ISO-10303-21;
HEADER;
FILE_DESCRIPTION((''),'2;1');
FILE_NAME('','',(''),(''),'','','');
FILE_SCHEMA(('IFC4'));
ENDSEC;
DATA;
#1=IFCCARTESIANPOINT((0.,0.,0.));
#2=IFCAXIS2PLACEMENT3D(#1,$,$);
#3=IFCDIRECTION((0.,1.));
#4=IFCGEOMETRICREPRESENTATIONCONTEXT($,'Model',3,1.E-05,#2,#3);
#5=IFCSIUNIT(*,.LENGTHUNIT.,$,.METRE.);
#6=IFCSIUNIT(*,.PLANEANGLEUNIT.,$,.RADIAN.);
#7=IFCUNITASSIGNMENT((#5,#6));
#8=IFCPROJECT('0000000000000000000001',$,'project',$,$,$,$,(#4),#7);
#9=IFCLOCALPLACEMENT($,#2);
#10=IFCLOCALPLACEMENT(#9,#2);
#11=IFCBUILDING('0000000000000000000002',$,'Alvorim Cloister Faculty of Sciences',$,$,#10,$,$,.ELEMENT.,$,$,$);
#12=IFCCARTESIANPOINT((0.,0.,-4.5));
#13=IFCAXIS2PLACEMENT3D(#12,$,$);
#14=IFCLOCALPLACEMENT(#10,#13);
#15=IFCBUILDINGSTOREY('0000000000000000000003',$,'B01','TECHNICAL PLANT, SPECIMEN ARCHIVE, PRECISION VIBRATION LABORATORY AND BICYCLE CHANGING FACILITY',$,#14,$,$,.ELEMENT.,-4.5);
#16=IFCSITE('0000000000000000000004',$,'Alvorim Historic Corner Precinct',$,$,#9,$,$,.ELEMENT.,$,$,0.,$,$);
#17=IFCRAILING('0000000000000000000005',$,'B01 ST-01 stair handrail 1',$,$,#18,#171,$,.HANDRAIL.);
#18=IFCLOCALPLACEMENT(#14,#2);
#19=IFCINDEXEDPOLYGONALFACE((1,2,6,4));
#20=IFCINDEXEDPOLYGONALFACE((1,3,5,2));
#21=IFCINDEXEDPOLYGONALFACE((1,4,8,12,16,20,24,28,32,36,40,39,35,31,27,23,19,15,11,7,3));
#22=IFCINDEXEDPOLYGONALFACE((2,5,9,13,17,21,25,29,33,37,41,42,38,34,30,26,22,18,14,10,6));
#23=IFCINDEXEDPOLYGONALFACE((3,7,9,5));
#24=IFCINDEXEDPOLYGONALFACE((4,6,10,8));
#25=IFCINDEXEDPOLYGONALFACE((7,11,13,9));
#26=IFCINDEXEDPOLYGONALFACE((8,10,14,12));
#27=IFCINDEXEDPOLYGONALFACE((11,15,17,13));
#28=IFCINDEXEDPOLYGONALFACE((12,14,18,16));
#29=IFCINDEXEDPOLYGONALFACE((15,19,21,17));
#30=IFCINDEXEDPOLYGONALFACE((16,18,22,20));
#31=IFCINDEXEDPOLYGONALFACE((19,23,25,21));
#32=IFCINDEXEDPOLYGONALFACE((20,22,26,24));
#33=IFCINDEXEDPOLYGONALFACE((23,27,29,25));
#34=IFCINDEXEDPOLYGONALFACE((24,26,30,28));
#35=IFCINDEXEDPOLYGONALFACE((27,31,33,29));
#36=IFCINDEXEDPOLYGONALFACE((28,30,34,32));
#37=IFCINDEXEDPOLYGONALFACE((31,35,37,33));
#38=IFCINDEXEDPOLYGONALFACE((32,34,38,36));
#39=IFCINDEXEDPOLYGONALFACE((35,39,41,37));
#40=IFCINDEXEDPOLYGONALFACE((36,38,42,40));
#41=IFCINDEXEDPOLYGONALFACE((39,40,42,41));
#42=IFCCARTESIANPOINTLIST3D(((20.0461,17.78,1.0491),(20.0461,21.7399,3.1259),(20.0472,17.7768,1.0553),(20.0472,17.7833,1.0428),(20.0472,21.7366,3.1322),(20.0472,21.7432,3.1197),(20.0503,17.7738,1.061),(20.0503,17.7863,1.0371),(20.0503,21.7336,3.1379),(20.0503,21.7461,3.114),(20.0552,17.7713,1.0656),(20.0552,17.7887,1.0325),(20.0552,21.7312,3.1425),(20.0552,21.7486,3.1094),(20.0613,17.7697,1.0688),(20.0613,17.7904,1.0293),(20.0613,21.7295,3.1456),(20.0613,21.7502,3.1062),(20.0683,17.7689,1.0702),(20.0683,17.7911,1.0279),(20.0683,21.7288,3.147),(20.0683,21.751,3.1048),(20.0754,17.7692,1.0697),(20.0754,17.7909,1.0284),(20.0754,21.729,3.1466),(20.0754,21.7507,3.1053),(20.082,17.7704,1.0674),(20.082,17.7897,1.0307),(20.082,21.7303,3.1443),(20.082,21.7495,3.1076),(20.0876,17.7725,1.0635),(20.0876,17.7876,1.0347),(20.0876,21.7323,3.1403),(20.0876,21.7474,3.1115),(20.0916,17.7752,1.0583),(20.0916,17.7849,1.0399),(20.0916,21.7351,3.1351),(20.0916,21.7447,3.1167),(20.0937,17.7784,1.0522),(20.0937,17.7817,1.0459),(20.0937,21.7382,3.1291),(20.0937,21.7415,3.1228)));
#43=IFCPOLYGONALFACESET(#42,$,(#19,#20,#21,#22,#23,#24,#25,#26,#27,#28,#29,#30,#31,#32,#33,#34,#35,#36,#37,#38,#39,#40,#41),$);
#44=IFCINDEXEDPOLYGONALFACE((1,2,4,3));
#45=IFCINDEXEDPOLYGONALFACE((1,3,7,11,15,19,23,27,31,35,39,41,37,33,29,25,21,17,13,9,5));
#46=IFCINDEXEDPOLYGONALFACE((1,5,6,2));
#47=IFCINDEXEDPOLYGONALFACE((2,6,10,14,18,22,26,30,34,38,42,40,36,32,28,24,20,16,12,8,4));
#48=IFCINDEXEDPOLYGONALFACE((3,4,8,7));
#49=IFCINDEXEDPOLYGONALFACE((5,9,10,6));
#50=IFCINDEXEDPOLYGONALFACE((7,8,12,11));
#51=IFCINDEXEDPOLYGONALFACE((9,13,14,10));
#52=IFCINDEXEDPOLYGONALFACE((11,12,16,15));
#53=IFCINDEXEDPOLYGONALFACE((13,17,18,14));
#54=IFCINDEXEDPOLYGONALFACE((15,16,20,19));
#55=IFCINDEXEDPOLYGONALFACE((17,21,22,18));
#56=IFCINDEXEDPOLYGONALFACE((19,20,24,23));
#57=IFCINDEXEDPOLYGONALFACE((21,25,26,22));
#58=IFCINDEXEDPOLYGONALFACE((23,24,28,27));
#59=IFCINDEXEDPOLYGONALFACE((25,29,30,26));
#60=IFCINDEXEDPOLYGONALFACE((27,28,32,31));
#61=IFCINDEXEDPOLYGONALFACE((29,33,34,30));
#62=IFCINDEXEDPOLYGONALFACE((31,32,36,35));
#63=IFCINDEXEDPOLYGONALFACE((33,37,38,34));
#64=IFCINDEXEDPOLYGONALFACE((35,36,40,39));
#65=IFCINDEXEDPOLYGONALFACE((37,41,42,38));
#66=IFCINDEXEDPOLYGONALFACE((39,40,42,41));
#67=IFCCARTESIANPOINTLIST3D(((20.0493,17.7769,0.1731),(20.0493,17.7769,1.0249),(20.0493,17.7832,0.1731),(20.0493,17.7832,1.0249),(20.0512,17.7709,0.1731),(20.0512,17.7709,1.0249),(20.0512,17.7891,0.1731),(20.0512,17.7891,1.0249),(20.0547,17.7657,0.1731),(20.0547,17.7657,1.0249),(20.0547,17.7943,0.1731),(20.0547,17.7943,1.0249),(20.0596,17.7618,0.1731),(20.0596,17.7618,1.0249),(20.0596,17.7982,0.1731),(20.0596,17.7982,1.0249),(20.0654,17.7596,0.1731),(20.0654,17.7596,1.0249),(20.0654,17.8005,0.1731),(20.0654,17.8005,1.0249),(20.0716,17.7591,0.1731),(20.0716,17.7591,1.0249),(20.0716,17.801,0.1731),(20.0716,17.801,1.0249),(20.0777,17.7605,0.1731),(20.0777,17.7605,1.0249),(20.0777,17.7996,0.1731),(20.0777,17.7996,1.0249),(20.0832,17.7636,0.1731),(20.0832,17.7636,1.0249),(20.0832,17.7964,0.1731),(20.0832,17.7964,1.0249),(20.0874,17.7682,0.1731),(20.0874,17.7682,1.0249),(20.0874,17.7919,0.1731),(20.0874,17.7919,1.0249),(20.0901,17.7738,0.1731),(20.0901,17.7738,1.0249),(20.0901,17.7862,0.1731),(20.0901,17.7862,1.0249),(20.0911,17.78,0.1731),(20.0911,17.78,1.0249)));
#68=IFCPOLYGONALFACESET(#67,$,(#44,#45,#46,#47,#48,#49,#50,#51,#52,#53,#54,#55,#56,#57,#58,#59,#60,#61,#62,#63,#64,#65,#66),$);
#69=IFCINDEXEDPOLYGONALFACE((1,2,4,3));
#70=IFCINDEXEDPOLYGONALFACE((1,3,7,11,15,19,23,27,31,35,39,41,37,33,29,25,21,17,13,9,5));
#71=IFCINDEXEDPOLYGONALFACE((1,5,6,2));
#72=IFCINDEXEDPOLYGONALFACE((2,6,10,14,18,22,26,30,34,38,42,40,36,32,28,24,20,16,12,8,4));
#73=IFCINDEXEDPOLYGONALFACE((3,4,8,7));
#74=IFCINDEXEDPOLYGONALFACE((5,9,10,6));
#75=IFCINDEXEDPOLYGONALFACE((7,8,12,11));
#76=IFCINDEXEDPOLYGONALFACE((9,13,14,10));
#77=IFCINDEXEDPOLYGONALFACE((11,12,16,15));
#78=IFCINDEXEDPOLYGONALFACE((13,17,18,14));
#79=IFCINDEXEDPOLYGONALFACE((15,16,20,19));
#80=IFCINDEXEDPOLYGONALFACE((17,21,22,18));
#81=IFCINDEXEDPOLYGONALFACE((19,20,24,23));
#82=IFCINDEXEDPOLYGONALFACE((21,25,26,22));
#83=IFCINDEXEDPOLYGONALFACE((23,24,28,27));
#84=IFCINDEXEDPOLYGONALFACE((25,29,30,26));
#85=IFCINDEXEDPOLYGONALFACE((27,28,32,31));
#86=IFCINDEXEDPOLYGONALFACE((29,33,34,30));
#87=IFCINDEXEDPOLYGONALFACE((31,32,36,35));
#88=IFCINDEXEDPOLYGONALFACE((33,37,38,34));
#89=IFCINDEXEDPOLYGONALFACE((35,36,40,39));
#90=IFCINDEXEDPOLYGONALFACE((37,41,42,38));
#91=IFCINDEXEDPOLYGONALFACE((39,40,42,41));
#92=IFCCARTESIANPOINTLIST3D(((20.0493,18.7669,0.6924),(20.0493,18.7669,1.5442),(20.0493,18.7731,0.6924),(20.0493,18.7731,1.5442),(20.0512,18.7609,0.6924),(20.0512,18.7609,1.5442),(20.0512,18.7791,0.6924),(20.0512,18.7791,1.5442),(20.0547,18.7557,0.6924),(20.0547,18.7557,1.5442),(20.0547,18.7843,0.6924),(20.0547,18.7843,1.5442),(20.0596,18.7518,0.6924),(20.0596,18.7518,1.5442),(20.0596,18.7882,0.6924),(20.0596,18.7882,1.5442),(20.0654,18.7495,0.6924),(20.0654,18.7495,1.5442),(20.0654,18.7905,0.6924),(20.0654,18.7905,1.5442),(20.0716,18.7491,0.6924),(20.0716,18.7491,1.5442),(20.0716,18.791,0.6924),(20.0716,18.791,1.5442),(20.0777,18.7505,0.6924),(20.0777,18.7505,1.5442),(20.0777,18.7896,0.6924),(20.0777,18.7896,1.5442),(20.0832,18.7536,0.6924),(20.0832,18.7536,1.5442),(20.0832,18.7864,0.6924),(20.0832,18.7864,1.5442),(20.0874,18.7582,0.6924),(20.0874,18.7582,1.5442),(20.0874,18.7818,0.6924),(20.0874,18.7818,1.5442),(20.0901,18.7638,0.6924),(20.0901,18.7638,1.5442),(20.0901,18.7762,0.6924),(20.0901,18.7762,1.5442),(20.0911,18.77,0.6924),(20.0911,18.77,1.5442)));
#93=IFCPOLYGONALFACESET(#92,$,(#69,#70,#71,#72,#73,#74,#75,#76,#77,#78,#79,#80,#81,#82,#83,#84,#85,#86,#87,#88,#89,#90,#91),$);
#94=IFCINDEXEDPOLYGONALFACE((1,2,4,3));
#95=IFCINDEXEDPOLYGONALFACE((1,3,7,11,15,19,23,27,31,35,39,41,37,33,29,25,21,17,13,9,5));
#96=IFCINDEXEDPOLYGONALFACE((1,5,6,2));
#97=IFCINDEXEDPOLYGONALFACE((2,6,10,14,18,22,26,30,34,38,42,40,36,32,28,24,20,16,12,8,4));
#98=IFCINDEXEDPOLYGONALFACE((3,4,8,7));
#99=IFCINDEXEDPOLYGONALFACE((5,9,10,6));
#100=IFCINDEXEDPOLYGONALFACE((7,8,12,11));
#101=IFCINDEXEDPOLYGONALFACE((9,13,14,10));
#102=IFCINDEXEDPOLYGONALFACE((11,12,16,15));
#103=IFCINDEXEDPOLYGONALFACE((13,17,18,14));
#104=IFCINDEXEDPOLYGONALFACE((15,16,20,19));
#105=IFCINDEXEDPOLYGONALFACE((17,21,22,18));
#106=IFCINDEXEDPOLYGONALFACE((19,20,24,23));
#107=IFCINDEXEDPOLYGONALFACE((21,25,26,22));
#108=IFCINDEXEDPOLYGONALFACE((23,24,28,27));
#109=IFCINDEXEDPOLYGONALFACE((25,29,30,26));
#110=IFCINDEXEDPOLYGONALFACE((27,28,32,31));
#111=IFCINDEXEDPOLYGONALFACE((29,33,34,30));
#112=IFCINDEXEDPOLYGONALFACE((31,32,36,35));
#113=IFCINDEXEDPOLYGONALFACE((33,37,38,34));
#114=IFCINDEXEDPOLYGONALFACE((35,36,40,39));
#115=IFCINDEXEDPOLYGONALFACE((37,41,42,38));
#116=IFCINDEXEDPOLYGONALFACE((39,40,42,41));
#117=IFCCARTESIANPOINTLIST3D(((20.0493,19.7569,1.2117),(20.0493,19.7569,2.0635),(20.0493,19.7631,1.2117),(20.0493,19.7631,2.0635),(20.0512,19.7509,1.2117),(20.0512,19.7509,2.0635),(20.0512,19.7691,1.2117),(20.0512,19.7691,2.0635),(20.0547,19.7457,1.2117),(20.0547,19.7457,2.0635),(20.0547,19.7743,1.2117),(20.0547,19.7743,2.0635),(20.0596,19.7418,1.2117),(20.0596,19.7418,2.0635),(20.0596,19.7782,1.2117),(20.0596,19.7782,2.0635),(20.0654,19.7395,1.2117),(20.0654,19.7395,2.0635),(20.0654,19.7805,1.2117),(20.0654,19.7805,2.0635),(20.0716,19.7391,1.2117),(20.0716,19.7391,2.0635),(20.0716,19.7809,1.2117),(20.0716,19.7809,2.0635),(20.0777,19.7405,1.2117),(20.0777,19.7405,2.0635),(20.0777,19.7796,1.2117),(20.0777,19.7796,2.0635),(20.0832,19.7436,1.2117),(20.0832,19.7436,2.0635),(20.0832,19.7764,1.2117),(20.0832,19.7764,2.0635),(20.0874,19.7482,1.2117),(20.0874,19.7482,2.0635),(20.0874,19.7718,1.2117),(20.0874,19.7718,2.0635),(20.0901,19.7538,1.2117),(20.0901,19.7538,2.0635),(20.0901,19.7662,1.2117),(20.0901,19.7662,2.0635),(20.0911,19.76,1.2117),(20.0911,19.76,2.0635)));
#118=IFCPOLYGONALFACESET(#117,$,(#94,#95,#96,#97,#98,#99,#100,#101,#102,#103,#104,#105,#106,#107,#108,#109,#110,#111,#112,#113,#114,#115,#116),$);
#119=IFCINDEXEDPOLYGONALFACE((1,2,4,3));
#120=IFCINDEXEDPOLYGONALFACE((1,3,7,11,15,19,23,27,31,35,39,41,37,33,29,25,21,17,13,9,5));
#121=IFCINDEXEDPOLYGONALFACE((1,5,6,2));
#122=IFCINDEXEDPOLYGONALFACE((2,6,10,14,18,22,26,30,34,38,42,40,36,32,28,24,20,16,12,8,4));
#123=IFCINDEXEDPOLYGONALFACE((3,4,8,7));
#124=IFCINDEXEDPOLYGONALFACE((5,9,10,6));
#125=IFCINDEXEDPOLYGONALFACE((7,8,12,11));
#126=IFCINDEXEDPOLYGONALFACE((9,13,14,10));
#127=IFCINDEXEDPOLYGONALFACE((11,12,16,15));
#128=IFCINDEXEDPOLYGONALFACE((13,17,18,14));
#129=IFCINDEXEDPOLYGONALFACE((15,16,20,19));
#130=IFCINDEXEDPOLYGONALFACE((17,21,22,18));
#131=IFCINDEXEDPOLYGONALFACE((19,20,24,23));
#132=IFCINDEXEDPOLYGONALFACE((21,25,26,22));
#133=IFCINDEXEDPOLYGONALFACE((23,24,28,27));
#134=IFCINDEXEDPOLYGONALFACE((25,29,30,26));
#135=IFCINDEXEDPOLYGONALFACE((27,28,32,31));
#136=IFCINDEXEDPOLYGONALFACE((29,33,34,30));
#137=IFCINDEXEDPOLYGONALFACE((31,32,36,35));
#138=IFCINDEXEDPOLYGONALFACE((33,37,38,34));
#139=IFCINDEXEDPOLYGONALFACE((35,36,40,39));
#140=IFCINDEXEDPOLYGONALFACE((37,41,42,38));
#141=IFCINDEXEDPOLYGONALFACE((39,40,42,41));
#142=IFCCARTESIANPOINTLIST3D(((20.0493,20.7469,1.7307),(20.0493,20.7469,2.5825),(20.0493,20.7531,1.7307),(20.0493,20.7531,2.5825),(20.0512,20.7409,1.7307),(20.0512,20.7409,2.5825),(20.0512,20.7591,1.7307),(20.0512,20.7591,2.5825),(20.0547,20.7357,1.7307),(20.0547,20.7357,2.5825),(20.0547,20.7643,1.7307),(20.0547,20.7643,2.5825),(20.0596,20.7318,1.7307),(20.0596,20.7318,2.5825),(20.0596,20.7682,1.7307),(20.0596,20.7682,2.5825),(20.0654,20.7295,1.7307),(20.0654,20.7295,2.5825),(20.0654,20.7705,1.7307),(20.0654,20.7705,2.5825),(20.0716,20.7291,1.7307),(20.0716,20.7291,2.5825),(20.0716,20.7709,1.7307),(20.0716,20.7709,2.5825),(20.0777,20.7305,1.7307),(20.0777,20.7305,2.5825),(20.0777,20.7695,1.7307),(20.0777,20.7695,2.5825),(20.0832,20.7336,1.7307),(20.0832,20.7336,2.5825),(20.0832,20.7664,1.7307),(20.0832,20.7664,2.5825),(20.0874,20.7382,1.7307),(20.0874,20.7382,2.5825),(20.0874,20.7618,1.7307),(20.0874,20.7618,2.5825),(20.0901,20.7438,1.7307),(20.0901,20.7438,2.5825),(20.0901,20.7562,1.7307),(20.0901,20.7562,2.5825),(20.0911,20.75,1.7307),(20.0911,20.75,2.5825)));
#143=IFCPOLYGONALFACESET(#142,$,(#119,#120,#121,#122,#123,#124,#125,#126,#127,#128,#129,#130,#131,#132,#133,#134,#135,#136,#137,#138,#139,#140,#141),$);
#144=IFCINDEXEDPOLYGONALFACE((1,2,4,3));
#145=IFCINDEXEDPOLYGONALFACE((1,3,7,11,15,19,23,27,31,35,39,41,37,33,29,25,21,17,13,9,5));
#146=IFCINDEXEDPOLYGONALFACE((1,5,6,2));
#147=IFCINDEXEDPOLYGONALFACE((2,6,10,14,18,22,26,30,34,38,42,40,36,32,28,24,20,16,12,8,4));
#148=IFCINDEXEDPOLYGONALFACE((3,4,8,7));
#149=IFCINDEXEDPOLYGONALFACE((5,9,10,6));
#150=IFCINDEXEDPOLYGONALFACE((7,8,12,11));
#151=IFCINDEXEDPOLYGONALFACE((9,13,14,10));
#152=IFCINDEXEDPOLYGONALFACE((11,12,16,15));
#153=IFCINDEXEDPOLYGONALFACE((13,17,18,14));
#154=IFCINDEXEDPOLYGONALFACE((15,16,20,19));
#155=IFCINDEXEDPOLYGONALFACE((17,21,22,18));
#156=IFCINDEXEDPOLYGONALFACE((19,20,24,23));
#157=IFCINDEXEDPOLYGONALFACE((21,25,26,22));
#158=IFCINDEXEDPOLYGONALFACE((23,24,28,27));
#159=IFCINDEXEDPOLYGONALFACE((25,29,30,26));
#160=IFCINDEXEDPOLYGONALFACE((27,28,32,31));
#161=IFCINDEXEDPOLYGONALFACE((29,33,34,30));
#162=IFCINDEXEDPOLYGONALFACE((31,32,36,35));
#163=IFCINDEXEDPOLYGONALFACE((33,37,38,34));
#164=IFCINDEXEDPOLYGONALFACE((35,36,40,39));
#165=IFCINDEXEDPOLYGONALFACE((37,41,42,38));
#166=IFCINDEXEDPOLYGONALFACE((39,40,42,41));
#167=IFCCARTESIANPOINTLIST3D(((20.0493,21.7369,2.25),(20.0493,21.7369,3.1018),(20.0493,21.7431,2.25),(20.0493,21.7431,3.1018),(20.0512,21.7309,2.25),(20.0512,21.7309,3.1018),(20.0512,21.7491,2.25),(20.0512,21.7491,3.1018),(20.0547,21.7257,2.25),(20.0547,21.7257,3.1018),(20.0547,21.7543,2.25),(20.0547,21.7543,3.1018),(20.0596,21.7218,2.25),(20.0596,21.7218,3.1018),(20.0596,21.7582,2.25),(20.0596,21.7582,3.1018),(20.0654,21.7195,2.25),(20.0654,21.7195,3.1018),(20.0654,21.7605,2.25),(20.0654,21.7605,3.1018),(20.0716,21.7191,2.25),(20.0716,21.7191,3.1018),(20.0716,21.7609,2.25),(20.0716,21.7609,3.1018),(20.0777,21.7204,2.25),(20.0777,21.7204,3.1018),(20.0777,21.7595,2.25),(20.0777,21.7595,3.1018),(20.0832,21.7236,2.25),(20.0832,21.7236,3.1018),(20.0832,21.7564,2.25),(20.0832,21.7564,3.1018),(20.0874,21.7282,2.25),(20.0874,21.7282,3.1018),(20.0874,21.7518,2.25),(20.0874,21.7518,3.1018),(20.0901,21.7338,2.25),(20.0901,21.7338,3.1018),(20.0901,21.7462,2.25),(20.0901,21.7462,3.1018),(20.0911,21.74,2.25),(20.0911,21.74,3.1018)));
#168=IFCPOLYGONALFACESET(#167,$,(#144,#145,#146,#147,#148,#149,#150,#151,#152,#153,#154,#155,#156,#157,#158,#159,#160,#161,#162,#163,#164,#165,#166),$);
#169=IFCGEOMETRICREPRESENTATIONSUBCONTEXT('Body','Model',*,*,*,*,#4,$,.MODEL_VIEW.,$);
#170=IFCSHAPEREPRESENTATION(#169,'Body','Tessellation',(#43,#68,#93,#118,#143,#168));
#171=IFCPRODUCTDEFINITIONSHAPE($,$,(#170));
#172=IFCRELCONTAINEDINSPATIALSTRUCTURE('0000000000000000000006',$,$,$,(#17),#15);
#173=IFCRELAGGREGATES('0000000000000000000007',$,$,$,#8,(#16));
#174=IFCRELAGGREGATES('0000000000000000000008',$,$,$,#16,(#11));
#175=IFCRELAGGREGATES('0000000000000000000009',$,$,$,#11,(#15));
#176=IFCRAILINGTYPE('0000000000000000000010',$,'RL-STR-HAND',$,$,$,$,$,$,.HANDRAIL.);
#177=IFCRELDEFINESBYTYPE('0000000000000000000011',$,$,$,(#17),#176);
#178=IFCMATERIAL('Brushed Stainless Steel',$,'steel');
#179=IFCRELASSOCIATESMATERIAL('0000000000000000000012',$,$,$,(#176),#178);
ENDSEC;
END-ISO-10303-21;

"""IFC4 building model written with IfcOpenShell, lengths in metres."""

from ifc_helpers import new_model, si_unit, direction, frame, origin, origin_2d, place, context, subcontext, project, spatial, circle, extrude, material, type_object, element, save


model = new_model("IFC4")

# Units and contexts
model_context = context("Model", 3, precision=1e-05, world=origin(), true_north=direction((0.0, 1.0)))
body_context = subcontext(model_context, "Body", "Model", "MODEL_VIEW")
ifc_project = project(units=[si_unit("LENGTHUNIT", "METRE"), si_unit("PLANEANGLEUNIT", "RADIAN")], contexts=[model_context])

# Site, building, storey
site_placement = place(None, origin())
site = spatial("IfcSite", under=ifc_project, at=site_placement, Name="Alvorim Historic Corner Precinct", CompositionType="ELEMENT", RefElevation=0.0)
building_placement = place(site_placement, origin())
building = spatial("IfcBuilding", under=site, at=building_placement, Name="Alvorim Cloister Faculty of Sciences", CompositionType="ELEMENT")
storey_placement = place(building_placement, frame((0.0, 0.0, -4.5)))
storey = spatial("IfcBuildingStorey", under=building, at=storey_placement, Name="B01", Description="TECHNICAL PLANT, SPECIMEN ARCHIVE, PRECISION VIBRATION LABORATORY AND BICYCLE CHANGING FACILITY", CompositionType="ELEMENT", Elevation=-4.5)

# Railing
ifc_material_1 = material(Name="Brushed Stainless Steel", Category="steel")
railing_type_1 = type_object("IfcRailingType", Name="RL-STR-HAND", PredefinedType="HANDRAIL", material=ifc_material_1)
railing_1_placement = place(storey_placement, frame((20.0701, 17.78, 0.1731)))
element("IfcRailing", 1, at=railing_1_placement, inside=storey, type_object=railing_type_1, Name="B01 ST-01 stair handrail 1", PredefinedType="HANDRAIL", context=body_context, shape_type="SweptSolid", body=[
    extrude(circle(Radius=0.0239, at=origin_2d()), frame((0.0, 0.0, 0.876), z_axis=(0.0, 0.885589, 0.46447), x_axis=(-1.0, 0.0, 0.0)), (0.0, 0.0, 1.0), 4.4714),
    extrude(circle(Radius=0.021, at=origin_2d()), origin(), (0.0, 0.0, 1.0), 0.8518),
    extrude(circle(Radius=0.021, at=origin_2d()), frame((0.0, 0.99, 0.5193)), (0.0, 0.0, 1.0), 0.8518),
    extrude(circle(Radius=0.021, at=origin_2d()), frame((0.0, 1.98, 1.0386)), (0.0, 0.0, 1.0), 0.8518),
    extrude(circle(Radius=0.021, at=origin_2d()), frame((0.0, 2.97, 1.5576)), (0.0, 0.0, 1.0), 0.8518),
    extrude(circle(Radius=0.021, at=origin_2d()), frame((0.0, 3.96, 2.0769)), (0.0, 0.0, 1.0), 0.8518),
])

save(model, "model.ifc")
